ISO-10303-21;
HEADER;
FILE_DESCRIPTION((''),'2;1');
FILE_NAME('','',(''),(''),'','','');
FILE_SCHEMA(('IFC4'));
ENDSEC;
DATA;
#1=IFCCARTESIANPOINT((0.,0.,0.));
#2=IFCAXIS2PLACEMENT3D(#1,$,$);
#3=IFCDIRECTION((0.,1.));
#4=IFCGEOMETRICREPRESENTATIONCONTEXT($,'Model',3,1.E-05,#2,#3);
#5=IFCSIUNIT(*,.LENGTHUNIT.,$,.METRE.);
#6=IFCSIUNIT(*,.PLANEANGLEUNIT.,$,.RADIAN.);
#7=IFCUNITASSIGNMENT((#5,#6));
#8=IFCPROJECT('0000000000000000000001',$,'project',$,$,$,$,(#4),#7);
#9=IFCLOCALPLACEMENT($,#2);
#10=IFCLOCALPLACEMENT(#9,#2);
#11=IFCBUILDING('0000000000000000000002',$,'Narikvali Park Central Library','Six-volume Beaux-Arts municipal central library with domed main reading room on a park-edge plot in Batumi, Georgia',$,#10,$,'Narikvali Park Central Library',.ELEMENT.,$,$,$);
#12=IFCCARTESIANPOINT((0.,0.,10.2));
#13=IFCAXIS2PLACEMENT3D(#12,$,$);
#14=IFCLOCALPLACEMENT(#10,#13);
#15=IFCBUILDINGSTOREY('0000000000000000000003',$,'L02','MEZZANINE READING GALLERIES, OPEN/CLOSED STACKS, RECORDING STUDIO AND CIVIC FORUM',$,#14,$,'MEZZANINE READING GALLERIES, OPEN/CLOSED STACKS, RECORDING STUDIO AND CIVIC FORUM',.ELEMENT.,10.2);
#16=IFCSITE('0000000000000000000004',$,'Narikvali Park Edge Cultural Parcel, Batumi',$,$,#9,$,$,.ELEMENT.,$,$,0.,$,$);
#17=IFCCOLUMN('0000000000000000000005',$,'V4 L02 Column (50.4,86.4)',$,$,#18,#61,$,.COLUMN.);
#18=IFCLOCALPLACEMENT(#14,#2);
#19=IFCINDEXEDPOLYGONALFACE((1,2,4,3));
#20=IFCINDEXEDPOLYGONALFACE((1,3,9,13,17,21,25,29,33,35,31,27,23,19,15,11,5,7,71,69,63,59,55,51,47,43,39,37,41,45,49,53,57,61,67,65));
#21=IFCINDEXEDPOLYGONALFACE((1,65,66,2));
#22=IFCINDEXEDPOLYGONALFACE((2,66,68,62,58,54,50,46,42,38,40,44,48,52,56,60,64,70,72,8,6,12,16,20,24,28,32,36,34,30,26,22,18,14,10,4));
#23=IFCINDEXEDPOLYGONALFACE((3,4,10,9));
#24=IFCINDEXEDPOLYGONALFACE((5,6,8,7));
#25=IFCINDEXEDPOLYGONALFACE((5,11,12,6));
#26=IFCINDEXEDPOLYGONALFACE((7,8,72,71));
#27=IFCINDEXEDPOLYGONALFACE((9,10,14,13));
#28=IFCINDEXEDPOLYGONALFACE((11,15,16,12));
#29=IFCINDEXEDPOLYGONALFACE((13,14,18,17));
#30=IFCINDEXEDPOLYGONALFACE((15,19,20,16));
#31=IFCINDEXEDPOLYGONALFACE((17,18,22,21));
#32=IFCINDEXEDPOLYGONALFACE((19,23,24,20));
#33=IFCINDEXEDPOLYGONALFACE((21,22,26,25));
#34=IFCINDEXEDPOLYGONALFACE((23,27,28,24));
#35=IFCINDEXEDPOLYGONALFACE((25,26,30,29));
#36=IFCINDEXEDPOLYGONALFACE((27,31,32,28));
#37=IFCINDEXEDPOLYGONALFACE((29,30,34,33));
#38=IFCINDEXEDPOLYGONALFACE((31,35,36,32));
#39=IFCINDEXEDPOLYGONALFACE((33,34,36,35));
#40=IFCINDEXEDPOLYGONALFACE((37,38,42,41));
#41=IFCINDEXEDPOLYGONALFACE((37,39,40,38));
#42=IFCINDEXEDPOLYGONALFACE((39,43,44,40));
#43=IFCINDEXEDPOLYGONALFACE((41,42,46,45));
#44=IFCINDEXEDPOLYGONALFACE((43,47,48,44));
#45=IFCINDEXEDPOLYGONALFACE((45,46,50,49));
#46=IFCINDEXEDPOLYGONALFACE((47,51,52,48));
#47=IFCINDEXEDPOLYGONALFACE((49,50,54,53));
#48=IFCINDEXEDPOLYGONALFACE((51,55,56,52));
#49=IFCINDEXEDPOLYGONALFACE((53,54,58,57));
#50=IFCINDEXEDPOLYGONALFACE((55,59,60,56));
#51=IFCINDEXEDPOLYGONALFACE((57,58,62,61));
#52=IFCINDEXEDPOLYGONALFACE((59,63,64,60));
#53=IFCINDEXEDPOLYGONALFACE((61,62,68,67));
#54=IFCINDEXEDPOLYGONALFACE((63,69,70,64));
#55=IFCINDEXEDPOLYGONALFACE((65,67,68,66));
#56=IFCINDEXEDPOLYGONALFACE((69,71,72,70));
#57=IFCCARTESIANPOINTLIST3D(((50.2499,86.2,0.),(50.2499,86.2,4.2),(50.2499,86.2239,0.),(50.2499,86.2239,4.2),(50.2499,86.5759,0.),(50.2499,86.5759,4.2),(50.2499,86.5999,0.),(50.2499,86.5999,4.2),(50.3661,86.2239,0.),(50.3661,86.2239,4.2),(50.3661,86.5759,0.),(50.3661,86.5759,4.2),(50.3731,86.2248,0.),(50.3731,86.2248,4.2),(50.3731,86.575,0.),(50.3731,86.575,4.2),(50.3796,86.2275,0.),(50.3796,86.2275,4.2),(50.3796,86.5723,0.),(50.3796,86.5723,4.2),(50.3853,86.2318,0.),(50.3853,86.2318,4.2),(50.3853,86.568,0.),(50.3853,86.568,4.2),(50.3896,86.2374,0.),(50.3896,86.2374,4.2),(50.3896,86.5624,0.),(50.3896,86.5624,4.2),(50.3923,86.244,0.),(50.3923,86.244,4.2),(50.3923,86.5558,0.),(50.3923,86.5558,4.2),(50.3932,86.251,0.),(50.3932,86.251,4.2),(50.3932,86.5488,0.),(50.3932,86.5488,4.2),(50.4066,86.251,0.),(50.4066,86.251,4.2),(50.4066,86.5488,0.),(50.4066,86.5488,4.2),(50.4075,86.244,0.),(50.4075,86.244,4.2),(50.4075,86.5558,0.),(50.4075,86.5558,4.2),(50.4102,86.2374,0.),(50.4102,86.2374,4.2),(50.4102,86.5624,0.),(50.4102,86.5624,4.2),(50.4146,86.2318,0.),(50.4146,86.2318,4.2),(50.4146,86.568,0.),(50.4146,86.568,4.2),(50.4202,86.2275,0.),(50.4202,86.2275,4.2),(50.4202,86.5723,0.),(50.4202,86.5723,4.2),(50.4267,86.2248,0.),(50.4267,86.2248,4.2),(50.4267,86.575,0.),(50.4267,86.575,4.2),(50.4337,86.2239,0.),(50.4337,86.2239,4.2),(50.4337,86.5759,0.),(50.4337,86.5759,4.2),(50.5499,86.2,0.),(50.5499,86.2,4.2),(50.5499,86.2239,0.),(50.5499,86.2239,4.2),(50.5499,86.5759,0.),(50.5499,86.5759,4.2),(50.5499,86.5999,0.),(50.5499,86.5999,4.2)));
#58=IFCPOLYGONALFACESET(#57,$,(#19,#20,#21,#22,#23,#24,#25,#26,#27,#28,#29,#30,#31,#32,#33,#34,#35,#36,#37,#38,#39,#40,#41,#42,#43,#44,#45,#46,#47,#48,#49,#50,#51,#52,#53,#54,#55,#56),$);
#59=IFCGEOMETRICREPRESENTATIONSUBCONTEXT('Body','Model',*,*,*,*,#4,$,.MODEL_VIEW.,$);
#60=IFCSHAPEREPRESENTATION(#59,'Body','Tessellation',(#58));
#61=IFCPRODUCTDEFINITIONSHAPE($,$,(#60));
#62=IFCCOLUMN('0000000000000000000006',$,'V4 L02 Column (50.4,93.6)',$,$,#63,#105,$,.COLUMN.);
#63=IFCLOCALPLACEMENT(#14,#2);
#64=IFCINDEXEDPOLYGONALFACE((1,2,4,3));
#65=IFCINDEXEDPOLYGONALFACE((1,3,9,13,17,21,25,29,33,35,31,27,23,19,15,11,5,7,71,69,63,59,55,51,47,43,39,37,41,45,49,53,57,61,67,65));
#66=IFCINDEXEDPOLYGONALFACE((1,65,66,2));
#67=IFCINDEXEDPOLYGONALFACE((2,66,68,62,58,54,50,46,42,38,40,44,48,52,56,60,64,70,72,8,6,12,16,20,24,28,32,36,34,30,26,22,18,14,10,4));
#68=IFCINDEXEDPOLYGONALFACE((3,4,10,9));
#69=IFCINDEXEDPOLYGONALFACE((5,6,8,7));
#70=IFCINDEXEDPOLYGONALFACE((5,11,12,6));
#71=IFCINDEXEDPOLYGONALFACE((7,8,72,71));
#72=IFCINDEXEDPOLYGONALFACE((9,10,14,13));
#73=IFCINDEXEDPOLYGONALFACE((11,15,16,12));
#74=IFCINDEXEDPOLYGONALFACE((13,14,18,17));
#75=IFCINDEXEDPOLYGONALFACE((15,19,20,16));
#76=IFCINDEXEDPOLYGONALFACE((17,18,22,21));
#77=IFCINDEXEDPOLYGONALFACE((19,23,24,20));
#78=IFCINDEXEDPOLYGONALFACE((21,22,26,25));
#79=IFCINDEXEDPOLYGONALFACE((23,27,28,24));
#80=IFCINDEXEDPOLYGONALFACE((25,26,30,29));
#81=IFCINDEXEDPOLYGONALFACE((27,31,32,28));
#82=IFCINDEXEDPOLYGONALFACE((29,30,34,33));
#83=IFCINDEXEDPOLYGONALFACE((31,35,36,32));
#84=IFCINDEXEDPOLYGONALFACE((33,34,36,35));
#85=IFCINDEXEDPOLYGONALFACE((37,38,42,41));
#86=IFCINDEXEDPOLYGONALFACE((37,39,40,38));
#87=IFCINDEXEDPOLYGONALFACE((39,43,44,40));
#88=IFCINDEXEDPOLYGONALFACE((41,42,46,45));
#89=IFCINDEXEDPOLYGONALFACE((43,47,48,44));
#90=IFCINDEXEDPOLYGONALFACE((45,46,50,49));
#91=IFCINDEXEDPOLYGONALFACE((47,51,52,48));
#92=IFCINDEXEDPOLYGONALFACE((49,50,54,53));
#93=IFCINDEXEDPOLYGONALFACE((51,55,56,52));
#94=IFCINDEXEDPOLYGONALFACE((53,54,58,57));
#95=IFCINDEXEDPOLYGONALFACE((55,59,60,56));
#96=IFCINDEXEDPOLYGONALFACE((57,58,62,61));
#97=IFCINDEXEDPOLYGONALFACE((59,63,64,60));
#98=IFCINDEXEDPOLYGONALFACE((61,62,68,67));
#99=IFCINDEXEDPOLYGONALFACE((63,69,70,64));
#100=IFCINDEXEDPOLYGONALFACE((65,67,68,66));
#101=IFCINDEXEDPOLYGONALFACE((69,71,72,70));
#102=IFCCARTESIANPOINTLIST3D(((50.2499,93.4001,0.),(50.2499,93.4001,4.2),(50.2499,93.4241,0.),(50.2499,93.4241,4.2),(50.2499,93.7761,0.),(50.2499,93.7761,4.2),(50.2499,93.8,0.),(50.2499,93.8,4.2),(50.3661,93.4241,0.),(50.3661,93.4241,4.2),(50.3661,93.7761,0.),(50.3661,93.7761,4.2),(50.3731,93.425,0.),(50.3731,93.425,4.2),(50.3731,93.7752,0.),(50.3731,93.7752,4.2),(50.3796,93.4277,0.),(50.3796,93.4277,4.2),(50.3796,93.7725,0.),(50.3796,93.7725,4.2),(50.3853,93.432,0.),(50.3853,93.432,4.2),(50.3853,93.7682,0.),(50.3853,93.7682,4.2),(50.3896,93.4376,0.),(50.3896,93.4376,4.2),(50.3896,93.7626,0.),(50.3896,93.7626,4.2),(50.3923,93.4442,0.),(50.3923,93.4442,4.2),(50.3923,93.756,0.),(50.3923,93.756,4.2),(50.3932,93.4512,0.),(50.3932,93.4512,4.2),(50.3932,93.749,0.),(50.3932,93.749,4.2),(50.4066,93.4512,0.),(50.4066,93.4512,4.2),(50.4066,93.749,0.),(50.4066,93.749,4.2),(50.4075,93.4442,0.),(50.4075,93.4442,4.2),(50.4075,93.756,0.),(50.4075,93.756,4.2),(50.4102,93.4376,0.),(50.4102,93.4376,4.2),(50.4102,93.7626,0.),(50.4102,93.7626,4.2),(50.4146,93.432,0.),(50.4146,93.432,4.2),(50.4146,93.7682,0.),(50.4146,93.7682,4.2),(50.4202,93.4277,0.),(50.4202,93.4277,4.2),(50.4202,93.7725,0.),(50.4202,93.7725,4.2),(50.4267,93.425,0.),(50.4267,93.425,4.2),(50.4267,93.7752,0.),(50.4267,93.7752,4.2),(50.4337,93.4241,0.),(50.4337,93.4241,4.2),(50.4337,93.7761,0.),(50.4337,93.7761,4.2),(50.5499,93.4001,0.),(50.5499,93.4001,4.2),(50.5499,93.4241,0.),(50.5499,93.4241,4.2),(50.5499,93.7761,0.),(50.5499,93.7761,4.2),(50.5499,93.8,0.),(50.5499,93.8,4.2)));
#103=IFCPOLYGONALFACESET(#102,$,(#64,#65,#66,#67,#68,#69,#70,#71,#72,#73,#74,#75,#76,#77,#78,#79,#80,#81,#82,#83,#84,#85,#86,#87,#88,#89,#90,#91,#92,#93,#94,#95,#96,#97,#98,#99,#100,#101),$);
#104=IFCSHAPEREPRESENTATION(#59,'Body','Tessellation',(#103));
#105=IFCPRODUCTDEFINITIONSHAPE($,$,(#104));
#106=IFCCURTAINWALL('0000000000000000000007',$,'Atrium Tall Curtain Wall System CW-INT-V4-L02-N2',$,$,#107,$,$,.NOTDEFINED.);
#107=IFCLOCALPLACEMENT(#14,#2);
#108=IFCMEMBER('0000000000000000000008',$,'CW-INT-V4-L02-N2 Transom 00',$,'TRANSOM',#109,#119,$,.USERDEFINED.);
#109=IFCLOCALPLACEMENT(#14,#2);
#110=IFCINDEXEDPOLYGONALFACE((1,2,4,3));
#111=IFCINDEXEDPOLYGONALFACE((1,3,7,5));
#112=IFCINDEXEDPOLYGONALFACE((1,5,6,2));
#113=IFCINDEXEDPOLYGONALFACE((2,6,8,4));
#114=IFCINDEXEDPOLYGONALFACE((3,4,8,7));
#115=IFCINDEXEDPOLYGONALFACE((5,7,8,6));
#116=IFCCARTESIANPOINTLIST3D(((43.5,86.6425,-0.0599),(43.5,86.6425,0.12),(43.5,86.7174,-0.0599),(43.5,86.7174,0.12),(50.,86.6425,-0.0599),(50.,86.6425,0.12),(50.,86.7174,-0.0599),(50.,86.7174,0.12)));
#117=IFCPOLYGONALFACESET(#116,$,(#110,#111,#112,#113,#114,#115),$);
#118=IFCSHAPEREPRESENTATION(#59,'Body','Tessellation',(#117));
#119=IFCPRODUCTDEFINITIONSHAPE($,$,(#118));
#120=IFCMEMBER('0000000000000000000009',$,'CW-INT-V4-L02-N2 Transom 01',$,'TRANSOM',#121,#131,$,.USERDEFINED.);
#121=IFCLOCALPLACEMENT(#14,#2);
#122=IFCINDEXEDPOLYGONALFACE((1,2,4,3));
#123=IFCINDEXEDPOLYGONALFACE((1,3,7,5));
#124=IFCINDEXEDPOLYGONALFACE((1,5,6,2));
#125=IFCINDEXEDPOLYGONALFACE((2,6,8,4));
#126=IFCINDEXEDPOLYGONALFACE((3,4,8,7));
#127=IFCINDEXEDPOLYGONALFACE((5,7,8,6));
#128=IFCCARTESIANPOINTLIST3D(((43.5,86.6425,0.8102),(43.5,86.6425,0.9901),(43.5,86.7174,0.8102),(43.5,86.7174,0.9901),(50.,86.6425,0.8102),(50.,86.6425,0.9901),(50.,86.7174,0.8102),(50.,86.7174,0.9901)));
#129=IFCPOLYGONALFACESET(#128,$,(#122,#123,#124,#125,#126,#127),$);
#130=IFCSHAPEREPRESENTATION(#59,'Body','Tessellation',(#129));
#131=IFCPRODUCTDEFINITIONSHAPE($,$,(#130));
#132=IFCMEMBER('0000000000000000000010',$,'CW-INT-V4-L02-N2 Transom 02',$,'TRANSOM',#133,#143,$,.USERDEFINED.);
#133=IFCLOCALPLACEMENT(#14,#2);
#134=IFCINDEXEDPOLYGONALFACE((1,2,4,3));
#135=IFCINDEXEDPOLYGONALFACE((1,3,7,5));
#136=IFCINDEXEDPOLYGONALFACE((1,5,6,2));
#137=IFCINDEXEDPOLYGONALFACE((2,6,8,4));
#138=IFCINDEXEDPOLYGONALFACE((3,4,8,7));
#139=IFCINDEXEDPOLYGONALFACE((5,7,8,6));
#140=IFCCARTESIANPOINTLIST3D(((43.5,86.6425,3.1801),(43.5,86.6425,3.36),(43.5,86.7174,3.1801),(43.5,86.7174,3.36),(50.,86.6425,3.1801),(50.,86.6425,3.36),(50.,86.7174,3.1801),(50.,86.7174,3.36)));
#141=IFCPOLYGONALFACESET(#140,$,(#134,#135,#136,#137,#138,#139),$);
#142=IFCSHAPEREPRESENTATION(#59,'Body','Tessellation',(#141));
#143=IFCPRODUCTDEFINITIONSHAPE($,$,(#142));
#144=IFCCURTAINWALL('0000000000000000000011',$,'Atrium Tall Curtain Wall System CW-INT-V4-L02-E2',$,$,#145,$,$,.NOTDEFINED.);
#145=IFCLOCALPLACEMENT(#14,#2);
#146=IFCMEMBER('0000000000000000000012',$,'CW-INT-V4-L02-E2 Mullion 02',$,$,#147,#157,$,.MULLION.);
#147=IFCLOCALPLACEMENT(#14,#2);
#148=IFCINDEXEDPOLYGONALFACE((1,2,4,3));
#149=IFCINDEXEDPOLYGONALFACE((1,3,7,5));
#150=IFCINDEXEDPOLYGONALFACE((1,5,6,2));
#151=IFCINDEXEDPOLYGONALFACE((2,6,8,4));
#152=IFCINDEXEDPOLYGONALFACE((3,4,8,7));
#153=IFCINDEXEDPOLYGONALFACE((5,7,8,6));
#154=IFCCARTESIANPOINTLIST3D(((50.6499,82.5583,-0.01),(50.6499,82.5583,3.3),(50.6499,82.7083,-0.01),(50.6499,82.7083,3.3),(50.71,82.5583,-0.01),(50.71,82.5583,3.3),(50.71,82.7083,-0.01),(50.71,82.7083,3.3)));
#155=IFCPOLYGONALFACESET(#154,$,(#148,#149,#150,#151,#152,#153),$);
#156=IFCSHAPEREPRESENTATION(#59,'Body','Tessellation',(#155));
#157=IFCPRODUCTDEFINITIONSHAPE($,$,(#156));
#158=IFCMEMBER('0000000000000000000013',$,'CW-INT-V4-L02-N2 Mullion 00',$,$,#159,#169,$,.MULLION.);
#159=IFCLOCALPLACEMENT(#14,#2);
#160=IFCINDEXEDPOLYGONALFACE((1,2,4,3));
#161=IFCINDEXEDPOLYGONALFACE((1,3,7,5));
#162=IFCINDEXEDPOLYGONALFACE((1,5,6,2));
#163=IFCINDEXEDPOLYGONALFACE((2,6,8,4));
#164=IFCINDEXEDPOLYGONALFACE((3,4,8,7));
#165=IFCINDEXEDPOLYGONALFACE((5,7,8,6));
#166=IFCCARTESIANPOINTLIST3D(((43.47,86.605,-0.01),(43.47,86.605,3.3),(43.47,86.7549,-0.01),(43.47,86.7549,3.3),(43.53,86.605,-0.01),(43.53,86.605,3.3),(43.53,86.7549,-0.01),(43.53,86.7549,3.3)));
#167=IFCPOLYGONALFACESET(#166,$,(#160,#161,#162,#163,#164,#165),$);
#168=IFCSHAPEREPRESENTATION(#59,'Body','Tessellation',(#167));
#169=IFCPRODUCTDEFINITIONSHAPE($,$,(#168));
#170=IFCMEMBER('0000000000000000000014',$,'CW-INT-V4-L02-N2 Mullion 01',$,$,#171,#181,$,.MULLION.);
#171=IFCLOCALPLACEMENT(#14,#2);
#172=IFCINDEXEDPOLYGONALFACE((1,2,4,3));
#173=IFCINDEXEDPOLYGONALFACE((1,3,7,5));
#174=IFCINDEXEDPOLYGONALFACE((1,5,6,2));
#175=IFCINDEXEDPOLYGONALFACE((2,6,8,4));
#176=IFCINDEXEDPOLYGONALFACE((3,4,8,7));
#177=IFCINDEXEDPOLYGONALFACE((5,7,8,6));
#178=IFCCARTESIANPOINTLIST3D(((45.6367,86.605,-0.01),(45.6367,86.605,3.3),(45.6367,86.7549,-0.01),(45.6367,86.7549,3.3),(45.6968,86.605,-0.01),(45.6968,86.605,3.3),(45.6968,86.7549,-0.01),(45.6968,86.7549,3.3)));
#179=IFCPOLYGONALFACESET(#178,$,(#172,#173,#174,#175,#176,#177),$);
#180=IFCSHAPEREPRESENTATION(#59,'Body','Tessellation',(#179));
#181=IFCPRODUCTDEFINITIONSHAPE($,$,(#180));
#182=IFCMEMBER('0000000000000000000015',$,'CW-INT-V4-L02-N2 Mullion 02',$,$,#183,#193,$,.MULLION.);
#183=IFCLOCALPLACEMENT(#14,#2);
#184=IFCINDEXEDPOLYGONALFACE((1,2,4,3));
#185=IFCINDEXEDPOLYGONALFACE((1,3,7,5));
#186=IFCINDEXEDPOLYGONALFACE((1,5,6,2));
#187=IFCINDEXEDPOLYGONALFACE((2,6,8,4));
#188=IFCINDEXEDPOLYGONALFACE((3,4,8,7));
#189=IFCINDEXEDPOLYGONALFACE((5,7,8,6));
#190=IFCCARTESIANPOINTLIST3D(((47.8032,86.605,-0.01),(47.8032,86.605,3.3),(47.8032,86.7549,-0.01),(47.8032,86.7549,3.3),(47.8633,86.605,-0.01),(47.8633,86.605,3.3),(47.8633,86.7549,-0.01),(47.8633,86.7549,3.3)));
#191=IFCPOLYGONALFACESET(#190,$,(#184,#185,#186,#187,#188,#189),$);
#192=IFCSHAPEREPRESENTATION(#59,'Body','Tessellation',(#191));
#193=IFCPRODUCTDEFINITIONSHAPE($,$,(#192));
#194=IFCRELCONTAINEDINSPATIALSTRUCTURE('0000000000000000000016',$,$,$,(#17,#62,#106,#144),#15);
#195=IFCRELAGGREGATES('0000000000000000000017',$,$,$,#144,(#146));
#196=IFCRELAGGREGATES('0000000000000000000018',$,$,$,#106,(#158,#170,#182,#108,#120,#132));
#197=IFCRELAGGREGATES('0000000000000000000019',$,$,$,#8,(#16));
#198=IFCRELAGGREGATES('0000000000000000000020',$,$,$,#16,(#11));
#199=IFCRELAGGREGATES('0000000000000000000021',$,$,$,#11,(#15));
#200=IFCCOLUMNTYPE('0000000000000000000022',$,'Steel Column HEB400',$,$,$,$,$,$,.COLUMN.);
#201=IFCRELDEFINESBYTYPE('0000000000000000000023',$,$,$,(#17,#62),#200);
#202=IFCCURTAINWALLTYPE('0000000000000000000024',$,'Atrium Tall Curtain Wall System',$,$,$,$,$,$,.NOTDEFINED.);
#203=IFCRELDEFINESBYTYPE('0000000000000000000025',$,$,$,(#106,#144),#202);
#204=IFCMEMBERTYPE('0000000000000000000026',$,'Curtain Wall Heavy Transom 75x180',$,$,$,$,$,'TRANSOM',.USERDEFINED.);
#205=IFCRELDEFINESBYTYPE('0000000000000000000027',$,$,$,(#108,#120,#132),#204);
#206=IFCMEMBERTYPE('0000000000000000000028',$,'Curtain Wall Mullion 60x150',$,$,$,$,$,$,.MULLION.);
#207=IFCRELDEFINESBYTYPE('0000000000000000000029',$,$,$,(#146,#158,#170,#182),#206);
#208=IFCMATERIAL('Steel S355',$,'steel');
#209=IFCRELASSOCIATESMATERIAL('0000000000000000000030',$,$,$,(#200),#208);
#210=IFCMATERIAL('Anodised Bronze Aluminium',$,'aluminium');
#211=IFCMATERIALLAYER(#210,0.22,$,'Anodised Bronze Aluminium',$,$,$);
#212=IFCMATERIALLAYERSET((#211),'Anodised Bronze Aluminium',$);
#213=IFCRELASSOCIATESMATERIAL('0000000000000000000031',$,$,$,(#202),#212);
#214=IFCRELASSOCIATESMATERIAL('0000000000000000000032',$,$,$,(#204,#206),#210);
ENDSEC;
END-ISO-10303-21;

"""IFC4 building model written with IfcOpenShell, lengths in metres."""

from ifc_helpers import new_model, si_unit, direction, frame, origin, origin_2d, place, context, subcontext, project, spatial, rectangle, i_section, extrude, material, layer, layer_set, material_profile, profile_set, type_object, element, aggregate, save


model = new_model("IFC4")

# Units and contexts
model_context = context("Model", 3, precision=1e-05, world=origin(), true_north=direction((0.0, 1.0)))
body_context = subcontext(model_context, "Body", "Model", "MODEL_VIEW")
ifc_project = project(units=[si_unit("LENGTHUNIT", "METRE"), si_unit("PLANEANGLEUNIT", "RADIAN")], contexts=[model_context])

# Site, building, storey
site_placement = place(None, origin())
site = spatial("IfcSite", under=ifc_project, at=site_placement, Name="Narikvali Park Edge Cultural Parcel, Batumi", CompositionType="ELEMENT", RefElevation=0.0)
building_placement = place(site_placement, origin())
building = spatial("IfcBuilding", under=site, at=building_placement, Name="Narikvali Park Central Library", Description="Six-volume Beaux-Arts municipal central library with domed main reading room on a park-edge plot in Batumi, Georgia", LongName="Narikvali Park Central Library", CompositionType="ELEMENT")
storey_placement = place(building_placement, frame((0.0, 0.0, 10.2)))
storey = spatial("IfcBuildingStorey", under=building, at=storey_placement, Name="L02", Description="MEZZANINE READING GALLERIES, OPEN/CLOSED STACKS, RECORDING STUDIO AND CIVIC FORUM", LongName="MEZZANINE READING GALLERIES, OPEN/CLOSED STACKS, RECORDING STUDIO AND CIVIC FORUM", CompositionType="ELEMENT", Elevation=10.2)

# Columns
ifc_material_1 = material(Name="Steel S355", Category="steel")
ifc_material_profile_1 = material_profile(ifc_material_1, i_section(OverallWidth=0.3, OverallDepth=0.3999, WebThickness=0.0134, FlangeThickness=0.0239, FilletRadius=0.0271, at=origin_2d()), Name="HEB 400")
ifc_profile_set_1 = profile_set([ifc_material_profile_1], Name="Steel S355")
column_type = type_object("IfcColumnType", Name="Steel Column HEB400", PredefinedType="COLUMN", material=ifc_profile_set_1)
for number, where, z_axis, x_axis, name in (
    (1, (50.3999, 86.3999, 0.0), (0.0, 0.0, 1.0), (1.0, 0.0, 0.0), "V4 L02 Column (50.4,86.4)"),
    (2, (50.3999, 93.6001, 0.0), (0.0, 0.0, 1.0), (1.0, 0.0, 0.0), "V4 L02 Column (50.4,93.6)"),
):
    element("IfcColumn", number, at=place(storey_placement, frame(where, z_axis=z_axis, x_axis=x_axis)), inside=storey, type_object=column_type, Name=name, PredefinedType="COLUMN", context=body_context, shape_type="SweptSolid", body=[
        extrude(i_section(OverallWidth=0.3, OverallDepth=0.3999, WebThickness=0.0134, FlangeThickness=0.0239, FilletRadius=0.0271, at=origin_2d()), origin(), (0.0, 0.0, 1.0), 4.2),
    ])

# Curtain wall, members
ifc_material_2 = material(Name="Anodised Bronze Aluminium", Category="aluminium")
ifc_layer_1 = layer(ifc_material_2, 0.22, Name="Anodised Bronze Aluminium")
ifc_layer_set_1 = layer_set([ifc_layer_1], Name="Anodised Bronze Aluminium")
curtain_wall_type = type_object("IfcCurtainWallType", Name="Atrium Tall Curtain Wall System", PredefinedType="NOTDEFINED", material=ifc_layer_set_1)
curtain_wall_1_placement = place(storey_placement, origin())
curtain_wall_1 = element("IfcCurtainWall", 3, at=curtain_wall_1_placement, inside=storey, type_object=curtain_wall_type, Name="Atrium Tall Curtain Wall System CW-INT-V4-L02-N2", PredefinedType="NOTDEFINED")
ifc_material_profile_2 = material_profile(ifc_material_2, rectangle(XDim=0.075, YDim=0.1799, at=origin_2d()), Name="CW TRANSOM 75x180")
ifc_profile_set_2 = profile_set([ifc_material_profile_2], Name="Anodised Bronze Aluminium")
member_type_1 = type_object("IfcMemberType", Name="Curtain Wall Heavy Transom 75x180", ElementType="TRANSOM", PredefinedType="USERDEFINED", material=ifc_profile_set_2)
member_1_placement = place(storey_placement, frame((43.5, 86.6799, 0.03), z_axis=(1.0, 0.0, 0.0), x_axis=(0.0, 1.0, 0.0)))
member_1 = element("IfcMember", 4, at=member_1_placement, type_object=member_type_1, Name="CW-INT-V4-L02-N2 Transom 00", ObjectType="TRANSOM", PredefinedType="USERDEFINED", context=body_context, shape_type="SweptSolid", body=[
    extrude(rectangle(XDim=0.075, YDim=0.1799, at=origin_2d()), origin(), (0.0, 0.0, 1.0), 6.5),
])
member_2_placement = place(storey_placement, frame((43.5, 86.6799, 0.9001), z_axis=(1.0, 0.0, 0.0), x_axis=(0.0, 1.0, 0.0)))
member_2 = element("IfcMember", 5, at=member_2_placement, type_object=member_type_1, Name="CW-INT-V4-L02-N2 Transom 01", ObjectType="TRANSOM", PredefinedType="USERDEFINED", context=body_context, shape_type="SweptSolid", body=[
    extrude(rectangle(XDim=0.075, YDim=0.1799, at=origin_2d()), origin(), (0.0, 0.0, 1.0), 6.5),
])
member_3_placement = place(storey_placement, frame((43.5, 86.6799, 3.27), z_axis=(1.0, 0.0, 0.0), x_axis=(0.0, 1.0, 0.0)))
member_3 = element("IfcMember", 6, at=member_3_placement, type_object=member_type_1, Name="CW-INT-V4-L02-N2 Transom 02", ObjectType="TRANSOM", PredefinedType="USERDEFINED", context=body_context, shape_type="SweptSolid", body=[
    extrude(rectangle(XDim=0.075, YDim=0.1799, at=origin_2d()), origin(), (0.0, 0.0, 1.0), 6.5),
])

# Curtain wall, member
curtain_wall_2_placement = place(storey_placement, origin())
curtain_wall_2 = element("IfcCurtainWall", 7, at=curtain_wall_2_placement, inside=storey, type_object=curtain_wall_type, Name="Atrium Tall Curtain Wall System CW-INT-V4-L02-E2", PredefinedType="NOTDEFINED")
ifc_material_profile_3 = material_profile(ifc_material_2, rectangle(XDim=0.0601, YDim=0.1499, at=origin_2d()), Name="CW MULLION 60x150")
ifc_profile_set_3 = profile_set([ifc_material_profile_3], Name="Anodised Bronze Aluminium")
member_type_2 = type_object("IfcMemberType", Name="Curtain Wall Mullion 60x150", PredefinedType="MULLION", material=ifc_profile_set_3)
member_4_placement = place(storey_placement, frame((50.6799, 82.6333, -0.01), z_axis=(0.0, 0.0, 1.0), x_axis=(1.0, 0.0, 0.0)))
member_4 = element("IfcMember", 8, at=member_4_placement, type_object=member_type_2, Name="CW-INT-V4-L02-E2 Mullion 02", PredefinedType="MULLION", context=body_context, shape_type="SweptSolid", body=[
    extrude(rectangle(XDim=0.0601, YDim=0.1499, at=origin_2d()), origin(), (0.0, 0.0, 1.0), 3.3101),
])

# Members
member_5_placement = place(storey_placement, frame((43.5, 86.6799, -0.01), z_axis=(0.0, 0.0, 1.0), x_axis=(1.0, 0.0, 0.0)))
member_5 = element("IfcMember", 9, at=member_5_placement, type_object=member_type_2, Name="CW-INT-V4-L02-N2 Mullion 00", PredefinedType="MULLION", context=body_context, shape_type="SweptSolid", body=[
    extrude(rectangle(XDim=0.0601, YDim=0.1499, at=origin_2d()), origin(), (0.0, 0.0, 1.0), 3.3101),
])
member_6_placement = place(storey_placement, frame((45.6667, 86.6799, -0.01), z_axis=(0.0, 0.0, 1.0), x_axis=(1.0, 0.0, 0.0)))
member_6 = element("IfcMember", 10, at=member_6_placement, type_object=member_type_2, Name="CW-INT-V4-L02-N2 Mullion 01", PredefinedType="MULLION", context=body_context, shape_type="SweptSolid", body=[
    extrude(rectangle(XDim=0.0601, YDim=0.1499, at=origin_2d()), origin(), (0.0, 0.0, 1.0), 3.3101),
])
member_7_placement = place(storey_placement, frame((47.8333, 86.6799, -0.01), z_axis=(0.0, 0.0, 1.0), x_axis=(1.0, 0.0, 0.0)))
member_7 = element("IfcMember", 11, at=member_7_placement, type_object=member_type_2, Name="CW-INT-V4-L02-N2 Mullion 02", PredefinedType="MULLION", context=body_context, shape_type="SweptSolid", body=[
    extrude(rectangle(XDim=0.0601, YDim=0.1499, at=origin_2d()), origin(), (0.0, 0.0, 1.0), 3.3101),
])

aggregate(curtain_wall_2, [member_4])
aggregate(curtain_wall_1, [member_5, member_6, member_7, member_1, member_2, member_3])

save(model, "model.ifc")
